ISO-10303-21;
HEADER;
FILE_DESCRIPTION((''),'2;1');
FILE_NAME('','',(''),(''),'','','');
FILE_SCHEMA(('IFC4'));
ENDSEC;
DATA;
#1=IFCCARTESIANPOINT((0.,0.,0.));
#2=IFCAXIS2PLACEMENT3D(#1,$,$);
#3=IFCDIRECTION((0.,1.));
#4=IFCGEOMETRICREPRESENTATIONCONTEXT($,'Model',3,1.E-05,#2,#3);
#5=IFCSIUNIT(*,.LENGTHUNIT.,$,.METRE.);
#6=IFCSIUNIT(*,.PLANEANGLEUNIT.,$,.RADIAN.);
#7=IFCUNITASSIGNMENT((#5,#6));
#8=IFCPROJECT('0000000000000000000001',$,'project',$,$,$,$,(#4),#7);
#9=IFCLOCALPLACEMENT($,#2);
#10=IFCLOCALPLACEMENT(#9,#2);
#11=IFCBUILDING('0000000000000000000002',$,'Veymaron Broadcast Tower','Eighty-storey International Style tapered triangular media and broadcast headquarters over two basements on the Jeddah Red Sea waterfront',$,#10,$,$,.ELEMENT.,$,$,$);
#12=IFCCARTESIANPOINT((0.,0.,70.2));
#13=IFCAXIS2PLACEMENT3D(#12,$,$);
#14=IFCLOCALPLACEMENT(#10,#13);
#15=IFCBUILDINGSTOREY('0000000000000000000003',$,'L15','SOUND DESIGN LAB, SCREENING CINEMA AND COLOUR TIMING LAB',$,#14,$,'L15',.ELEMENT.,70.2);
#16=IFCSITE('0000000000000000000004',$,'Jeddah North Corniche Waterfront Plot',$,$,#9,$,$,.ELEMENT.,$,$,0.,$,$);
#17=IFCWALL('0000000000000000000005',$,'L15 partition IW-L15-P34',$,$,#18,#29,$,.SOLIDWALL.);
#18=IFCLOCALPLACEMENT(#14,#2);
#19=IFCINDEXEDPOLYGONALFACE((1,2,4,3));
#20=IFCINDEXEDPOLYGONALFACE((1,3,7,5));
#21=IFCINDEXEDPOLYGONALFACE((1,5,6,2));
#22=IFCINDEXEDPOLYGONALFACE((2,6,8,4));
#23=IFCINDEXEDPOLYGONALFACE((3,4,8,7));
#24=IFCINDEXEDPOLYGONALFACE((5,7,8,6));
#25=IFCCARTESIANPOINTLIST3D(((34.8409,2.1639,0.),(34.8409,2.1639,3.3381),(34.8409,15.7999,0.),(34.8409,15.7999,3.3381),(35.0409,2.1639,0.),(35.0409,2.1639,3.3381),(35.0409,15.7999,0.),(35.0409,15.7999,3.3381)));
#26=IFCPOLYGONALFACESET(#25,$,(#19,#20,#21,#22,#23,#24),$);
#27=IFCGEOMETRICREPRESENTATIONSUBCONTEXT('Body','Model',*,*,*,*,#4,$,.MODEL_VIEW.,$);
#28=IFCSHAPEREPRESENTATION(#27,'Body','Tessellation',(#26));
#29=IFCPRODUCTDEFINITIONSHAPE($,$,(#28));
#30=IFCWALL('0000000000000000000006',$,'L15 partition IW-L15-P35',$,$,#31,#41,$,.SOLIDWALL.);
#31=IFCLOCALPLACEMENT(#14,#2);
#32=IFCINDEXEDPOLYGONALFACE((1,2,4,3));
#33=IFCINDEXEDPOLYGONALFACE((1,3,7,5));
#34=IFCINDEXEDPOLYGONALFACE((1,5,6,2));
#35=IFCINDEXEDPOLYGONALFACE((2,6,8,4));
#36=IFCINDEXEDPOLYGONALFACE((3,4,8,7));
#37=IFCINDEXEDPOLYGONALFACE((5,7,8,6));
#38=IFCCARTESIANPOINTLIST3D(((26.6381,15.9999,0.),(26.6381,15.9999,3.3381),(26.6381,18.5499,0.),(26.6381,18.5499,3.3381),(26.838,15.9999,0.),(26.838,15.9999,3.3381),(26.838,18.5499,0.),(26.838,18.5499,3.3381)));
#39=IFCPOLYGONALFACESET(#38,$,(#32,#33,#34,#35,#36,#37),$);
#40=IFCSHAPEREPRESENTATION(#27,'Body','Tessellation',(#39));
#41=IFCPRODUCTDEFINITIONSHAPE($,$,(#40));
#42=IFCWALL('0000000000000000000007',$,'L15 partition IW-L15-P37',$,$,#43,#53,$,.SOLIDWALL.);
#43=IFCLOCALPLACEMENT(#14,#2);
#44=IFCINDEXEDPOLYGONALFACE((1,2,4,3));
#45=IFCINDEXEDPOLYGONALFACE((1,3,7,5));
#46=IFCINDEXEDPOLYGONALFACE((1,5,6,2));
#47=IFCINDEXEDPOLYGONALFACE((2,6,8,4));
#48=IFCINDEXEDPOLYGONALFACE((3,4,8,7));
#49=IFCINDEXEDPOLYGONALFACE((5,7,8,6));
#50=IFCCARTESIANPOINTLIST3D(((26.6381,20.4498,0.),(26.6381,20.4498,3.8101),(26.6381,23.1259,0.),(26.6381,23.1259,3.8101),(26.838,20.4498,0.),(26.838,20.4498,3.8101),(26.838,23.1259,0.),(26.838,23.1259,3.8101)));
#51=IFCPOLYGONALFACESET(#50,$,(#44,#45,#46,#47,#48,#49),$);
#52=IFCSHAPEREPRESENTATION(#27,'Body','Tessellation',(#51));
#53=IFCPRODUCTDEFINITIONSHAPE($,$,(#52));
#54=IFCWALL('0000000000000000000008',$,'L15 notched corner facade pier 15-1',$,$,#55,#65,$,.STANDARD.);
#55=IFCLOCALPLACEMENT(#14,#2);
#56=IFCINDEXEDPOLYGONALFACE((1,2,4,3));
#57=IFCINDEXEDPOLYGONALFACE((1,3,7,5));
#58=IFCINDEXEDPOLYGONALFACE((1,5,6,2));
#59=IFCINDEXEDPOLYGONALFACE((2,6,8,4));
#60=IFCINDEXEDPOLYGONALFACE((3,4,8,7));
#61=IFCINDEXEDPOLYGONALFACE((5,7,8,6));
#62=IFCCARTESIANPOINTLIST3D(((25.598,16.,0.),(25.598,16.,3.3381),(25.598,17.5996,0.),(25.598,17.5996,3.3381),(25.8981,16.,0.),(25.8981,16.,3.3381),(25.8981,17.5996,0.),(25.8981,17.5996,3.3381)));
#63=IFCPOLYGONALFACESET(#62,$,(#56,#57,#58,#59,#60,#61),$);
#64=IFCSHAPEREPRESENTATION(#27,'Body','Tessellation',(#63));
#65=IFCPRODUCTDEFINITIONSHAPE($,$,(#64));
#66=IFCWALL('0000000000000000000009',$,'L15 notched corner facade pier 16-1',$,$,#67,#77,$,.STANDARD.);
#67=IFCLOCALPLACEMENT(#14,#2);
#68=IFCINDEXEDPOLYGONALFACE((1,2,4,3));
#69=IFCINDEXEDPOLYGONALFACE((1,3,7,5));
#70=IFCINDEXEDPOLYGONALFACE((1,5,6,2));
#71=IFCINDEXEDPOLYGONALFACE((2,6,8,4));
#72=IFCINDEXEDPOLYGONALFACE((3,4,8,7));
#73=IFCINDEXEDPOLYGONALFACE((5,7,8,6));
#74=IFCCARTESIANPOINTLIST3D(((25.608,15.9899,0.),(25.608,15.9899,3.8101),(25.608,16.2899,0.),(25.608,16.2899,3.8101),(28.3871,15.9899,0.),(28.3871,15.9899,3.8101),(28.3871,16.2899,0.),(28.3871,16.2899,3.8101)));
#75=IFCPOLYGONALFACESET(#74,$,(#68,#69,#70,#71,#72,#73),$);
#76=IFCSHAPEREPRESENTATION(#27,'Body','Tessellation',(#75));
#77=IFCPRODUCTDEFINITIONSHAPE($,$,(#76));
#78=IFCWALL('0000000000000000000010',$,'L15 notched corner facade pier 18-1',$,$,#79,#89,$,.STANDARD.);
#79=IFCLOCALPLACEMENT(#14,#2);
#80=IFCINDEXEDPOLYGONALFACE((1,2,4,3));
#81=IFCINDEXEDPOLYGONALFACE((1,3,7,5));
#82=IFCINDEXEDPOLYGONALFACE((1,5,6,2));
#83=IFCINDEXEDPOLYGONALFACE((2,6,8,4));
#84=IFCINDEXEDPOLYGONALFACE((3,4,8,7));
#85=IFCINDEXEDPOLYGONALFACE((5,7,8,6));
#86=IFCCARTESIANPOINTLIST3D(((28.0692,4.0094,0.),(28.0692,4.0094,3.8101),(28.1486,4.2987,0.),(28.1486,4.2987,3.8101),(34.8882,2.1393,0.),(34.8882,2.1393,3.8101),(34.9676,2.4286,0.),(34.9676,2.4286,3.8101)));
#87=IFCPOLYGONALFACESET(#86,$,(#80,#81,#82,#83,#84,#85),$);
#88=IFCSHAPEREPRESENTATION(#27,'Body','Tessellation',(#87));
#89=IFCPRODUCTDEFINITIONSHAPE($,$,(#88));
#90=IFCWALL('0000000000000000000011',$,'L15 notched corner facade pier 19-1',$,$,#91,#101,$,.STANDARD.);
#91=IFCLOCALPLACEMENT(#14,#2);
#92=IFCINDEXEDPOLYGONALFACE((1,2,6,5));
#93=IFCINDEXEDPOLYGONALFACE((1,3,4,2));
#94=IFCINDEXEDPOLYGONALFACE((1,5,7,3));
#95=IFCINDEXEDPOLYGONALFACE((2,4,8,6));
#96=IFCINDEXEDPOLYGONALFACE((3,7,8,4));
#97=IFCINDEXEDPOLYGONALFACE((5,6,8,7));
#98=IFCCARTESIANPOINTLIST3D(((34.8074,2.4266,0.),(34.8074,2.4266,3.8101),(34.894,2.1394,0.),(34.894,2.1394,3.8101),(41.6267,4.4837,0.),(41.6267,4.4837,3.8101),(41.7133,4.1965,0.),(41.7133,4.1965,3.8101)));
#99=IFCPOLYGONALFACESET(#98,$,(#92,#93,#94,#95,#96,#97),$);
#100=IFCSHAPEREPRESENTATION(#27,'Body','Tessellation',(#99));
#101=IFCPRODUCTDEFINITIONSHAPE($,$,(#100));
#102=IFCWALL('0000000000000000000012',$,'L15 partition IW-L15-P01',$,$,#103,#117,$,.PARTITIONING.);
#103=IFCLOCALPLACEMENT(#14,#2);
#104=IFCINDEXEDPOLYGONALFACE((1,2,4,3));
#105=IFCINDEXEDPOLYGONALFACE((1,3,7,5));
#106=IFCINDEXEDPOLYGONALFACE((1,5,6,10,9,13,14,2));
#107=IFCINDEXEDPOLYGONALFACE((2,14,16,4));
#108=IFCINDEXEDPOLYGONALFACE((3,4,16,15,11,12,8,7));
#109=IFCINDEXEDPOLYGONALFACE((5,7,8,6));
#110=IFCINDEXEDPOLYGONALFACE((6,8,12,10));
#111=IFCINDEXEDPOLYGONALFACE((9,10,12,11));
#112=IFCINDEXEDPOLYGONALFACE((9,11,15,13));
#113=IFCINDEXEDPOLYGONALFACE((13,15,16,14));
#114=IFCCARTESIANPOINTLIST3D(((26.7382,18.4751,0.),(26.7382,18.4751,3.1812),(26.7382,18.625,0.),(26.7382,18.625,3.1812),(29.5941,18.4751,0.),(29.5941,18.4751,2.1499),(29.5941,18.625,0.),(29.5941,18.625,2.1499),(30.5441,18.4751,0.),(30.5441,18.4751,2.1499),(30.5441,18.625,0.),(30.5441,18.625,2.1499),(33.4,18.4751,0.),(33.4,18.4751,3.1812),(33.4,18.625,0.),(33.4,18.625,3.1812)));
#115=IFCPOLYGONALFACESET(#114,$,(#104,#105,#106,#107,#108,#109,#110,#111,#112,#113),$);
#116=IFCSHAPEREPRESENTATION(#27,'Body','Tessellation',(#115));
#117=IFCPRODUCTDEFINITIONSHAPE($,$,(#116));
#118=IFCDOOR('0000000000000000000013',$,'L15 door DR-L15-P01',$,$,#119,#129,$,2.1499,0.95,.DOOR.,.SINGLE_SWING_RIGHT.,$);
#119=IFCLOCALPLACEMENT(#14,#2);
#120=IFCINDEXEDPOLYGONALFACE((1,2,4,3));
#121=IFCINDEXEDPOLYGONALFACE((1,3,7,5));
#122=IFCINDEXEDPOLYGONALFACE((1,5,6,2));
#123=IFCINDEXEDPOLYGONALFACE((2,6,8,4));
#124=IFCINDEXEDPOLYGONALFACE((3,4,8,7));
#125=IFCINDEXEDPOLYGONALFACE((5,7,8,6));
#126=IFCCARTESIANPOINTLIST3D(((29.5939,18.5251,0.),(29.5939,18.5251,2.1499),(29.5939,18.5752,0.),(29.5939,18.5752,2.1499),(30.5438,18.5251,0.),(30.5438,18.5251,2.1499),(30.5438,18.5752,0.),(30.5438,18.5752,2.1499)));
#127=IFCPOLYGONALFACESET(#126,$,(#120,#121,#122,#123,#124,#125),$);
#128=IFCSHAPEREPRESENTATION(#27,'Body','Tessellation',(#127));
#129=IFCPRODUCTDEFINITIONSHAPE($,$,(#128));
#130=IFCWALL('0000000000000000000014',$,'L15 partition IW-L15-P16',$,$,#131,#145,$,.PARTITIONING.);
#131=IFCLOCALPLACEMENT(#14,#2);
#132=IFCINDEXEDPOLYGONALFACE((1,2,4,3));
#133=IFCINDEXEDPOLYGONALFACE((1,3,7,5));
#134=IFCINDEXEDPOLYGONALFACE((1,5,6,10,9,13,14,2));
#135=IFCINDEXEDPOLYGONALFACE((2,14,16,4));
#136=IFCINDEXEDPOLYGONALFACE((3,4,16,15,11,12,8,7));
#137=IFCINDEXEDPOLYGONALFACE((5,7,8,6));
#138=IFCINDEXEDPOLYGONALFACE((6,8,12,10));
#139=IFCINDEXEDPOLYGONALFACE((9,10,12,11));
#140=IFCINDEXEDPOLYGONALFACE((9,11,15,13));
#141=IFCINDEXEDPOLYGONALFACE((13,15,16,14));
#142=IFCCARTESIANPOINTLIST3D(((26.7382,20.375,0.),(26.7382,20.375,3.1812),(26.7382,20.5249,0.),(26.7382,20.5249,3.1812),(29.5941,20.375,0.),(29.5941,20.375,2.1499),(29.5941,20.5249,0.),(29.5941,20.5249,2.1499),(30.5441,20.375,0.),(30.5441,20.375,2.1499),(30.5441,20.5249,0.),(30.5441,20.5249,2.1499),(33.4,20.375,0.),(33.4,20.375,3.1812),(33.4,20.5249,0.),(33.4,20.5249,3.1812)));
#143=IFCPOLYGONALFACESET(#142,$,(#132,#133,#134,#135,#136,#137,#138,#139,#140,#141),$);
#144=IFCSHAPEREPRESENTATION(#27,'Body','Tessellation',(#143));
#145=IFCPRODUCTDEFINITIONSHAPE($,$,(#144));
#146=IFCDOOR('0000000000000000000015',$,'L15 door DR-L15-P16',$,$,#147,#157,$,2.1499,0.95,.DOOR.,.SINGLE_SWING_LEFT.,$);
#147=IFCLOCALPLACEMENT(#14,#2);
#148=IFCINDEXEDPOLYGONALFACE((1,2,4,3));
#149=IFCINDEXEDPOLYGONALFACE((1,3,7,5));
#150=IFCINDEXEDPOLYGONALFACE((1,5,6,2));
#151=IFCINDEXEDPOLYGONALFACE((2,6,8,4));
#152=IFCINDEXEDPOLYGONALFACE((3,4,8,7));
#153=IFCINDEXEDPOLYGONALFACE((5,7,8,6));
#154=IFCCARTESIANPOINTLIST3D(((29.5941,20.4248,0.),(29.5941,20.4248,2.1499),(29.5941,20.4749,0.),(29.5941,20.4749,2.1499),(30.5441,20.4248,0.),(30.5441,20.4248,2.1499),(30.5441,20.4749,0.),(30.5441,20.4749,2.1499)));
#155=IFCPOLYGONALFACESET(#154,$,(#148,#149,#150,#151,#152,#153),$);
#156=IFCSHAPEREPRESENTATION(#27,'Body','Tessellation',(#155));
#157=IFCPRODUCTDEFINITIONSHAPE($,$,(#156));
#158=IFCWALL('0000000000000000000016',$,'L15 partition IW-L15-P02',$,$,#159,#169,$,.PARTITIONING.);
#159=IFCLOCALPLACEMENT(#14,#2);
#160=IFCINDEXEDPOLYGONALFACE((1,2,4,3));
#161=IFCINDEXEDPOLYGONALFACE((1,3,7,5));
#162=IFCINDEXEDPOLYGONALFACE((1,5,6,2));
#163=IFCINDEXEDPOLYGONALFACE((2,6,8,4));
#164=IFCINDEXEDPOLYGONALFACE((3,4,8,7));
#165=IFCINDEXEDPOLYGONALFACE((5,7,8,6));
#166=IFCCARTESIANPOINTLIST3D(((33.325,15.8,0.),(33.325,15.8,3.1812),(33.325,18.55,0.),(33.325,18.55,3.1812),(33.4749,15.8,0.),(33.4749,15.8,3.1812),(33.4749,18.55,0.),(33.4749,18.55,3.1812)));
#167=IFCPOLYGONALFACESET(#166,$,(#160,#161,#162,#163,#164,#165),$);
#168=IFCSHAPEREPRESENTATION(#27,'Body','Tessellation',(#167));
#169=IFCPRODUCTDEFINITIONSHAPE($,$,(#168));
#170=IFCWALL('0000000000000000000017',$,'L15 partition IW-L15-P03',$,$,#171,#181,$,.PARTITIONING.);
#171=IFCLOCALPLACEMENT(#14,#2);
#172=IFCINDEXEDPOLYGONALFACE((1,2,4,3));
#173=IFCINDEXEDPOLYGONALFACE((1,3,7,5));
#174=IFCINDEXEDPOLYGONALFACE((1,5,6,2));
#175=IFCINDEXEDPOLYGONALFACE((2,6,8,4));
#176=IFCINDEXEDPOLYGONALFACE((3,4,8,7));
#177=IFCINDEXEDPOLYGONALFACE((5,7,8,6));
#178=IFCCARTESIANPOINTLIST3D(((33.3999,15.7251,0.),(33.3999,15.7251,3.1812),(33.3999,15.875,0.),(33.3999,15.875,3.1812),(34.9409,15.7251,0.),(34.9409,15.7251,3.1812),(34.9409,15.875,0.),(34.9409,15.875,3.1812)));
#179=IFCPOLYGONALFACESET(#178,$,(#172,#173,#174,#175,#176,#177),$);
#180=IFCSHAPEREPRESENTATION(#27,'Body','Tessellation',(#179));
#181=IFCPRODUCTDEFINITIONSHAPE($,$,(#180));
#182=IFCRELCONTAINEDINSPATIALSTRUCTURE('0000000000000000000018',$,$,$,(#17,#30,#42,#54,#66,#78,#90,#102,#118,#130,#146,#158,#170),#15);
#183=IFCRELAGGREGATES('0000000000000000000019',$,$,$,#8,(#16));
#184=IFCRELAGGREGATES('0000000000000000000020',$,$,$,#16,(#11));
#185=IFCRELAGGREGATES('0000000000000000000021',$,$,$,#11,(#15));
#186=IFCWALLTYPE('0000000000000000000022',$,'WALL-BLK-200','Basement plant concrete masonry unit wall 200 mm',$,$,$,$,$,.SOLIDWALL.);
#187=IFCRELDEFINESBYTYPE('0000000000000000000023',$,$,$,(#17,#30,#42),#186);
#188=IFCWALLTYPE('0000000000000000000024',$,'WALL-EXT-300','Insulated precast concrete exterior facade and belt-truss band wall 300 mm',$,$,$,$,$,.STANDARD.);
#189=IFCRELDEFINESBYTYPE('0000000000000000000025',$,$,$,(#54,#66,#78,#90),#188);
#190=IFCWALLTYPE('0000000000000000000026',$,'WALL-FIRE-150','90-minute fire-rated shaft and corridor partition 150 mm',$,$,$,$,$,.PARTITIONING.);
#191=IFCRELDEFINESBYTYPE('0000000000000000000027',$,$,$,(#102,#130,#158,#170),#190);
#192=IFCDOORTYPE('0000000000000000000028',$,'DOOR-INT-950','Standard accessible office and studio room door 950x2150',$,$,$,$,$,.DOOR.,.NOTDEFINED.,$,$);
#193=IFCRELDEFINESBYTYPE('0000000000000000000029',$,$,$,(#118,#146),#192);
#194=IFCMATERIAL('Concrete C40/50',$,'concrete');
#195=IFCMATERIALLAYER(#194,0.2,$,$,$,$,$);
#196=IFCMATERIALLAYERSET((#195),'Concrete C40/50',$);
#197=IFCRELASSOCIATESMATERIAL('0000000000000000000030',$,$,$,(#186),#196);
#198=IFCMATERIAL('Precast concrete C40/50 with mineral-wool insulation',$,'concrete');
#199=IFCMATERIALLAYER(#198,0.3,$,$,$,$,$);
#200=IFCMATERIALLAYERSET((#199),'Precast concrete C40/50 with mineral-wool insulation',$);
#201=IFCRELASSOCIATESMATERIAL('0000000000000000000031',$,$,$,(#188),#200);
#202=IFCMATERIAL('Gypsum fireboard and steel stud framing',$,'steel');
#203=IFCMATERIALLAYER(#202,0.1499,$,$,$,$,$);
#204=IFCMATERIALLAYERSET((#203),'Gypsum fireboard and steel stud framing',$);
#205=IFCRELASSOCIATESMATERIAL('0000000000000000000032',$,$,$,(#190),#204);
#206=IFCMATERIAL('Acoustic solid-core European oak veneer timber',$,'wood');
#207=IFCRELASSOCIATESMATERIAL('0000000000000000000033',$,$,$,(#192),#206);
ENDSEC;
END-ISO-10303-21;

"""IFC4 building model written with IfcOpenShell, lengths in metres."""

from ifc_helpers import new_model, si_unit, direction, frame, frame_2d, origin, place, context, subcontext, project, spatial, rectangle, extrude, material, layer, layer_set, type_object, element, fill, save


model = new_model("IFC4")

# Units and contexts
model_context = context("Model", 3, precision=1e-05, world=origin(), true_north=direction((0.0, 1.0)))
body_context = subcontext(model_context, "Body", "Model", "MODEL_VIEW")
ifc_project = project(units=[si_unit("LENGTHUNIT", "METRE"), si_unit("PLANEANGLEUNIT", "RADIAN")], contexts=[model_context])

# Site, building, storey
site_placement = place(None, origin())
site = spatial("IfcSite", under=ifc_project, at=site_placement, Name="Jeddah North Corniche Waterfront Plot", CompositionType="ELEMENT", RefElevation=0.0)
building_placement = place(site_placement, origin())
building = spatial("IfcBuilding", under=site, at=building_placement, Name="Veymaron Broadcast Tower", Description="Eighty-storey International Style tapered triangular media and broadcast headquarters over two basements on the Jeddah Red Sea waterfront", CompositionType="ELEMENT")
storey_placement = place(building_placement, frame((0.0, 0.0, 70.2)))
storey = spatial("IfcBuildingStorey", under=building, at=storey_placement, Name="L15", Description="SOUND DESIGN LAB, SCREENING CINEMA AND COLOUR TIMING LAB", LongName="L15", CompositionType="ELEMENT", Elevation=70.2)

# Walls
ifc_material_1 = material(Name="Concrete C40/50", Category="concrete")
ifc_layer_1 = layer(ifc_material_1, 0.2)
ifc_layer_set_1 = layer_set([ifc_layer_1], Name="Concrete C40/50")
wall_type_1 = type_object("IfcWallType", Name="WALL-BLK-200", Description="Basement plant concrete masonry unit wall 200 mm", PredefinedType="SOLIDWALL", material=ifc_layer_set_1)
wall_1_placement = place(storey_placement, frame((34.9409, 2.1641, 0.0), z_axis=(0.0, 0.0, 1.0), x_axis=(0.0, 1.0, 0.0)))
element("IfcWall", 1, at=wall_1_placement, inside=storey, type_object=wall_type_1, Name="L15 partition IW-L15-P34", PredefinedType="SOLIDWALL", context=body_context, shape_type="SweptSolid", body=[
    extrude(rectangle(XDim=13.636, YDim=0.2, at=frame_2d((6.8179, 0.0))), origin(), (0.0, 0.0, 1.0), 3.3381),
])
wall_2_placement = place(storey_placement, frame((26.738, 16.0, 0.0), z_axis=(0.0, 0.0, 1.0), x_axis=(0.0, 1.0, 0.0)))
element("IfcWall", 2, at=wall_2_placement, inside=storey, type_object=wall_type_1, Name="L15 partition IW-L15-P35", PredefinedType="SOLIDWALL", context=body_context, shape_type="SweptSolid", body=[
    extrude(rectangle(XDim=2.55, YDim=0.2, at=frame_2d((1.2749, 0.0))), origin(), (0.0, 0.0, 1.0), 3.3381),
])
wall_3_placement = place(storey_placement, frame((26.738, 20.45, 0.0), z_axis=(0.0, 0.0, 1.0), x_axis=(0.0, 1.0, 0.0)))
element("IfcWall", 3, at=wall_3_placement, inside=storey, type_object=wall_type_1, Name="L15 partition IW-L15-P37", PredefinedType="SOLIDWALL", context=body_context, shape_type="SweptSolid", body=[
    extrude(rectangle(XDim=2.676, YDim=0.2, at=frame_2d((1.3379, 0.0))), origin(), (0.0, 0.0, 1.0), 3.8101),
])
ifc_material_2 = material(Name="Precast concrete C40/50 with mineral-wool insulation", Category="concrete")
ifc_layer_2 = layer(ifc_material_2, 0.3)
ifc_layer_set_2 = layer_set([ifc_layer_2], Name="Precast concrete C40/50 with mineral-wool insulation")
wall_type_2 = type_object("IfcWallType", Name="WALL-EXT-300", Description="Insulated precast concrete exterior facade and belt-truss band wall 300 mm", PredefinedType="STANDARD", material=ifc_layer_set_2)
wall_4_placement = place(storey_placement, frame((25.748, 17.5996, 0.0), z_axis=(0.0, 0.0, 1.0), x_axis=(0.0, -1.0, 0.0)))
element("IfcWall", 4, at=wall_4_placement, inside=storey, type_object=wall_type_2, Name="L15 notched corner facade pier 15-1", PredefinedType="STANDARD", context=body_context, shape_type="SweptSolid", body=[
    extrude(rectangle(XDim=1.5996, YDim=0.3, at=frame_2d((0.7998, 0.0))), origin(), (0.0, 0.0, 1.0), 3.3381),
])
wall_5_placement = place(storey_placement, frame((25.6079, 16.1399, 0.0), z_axis=(0.0, 0.0, 1.0), x_axis=(1.0, 0.0, 0.0)))
element("IfcWall", 5, at=wall_5_placement, inside=storey, type_object=wall_type_2, Name="L15 notched corner facade pier 16-1", PredefinedType="STANDARD", context=body_context, shape_type="SweptSolid", body=[
    extrude(rectangle(XDim=2.7791, YDim=0.3, at=frame_2d((1.3896, 0.0))), origin(), (0.0, 0.0, 1.0), 3.8101),
])
wall_6_placement = place(storey_placement, frame((28.1089, 4.1541, 0.0), z_axis=(0.0, 0.0, 1.0), x_axis=(0.964391, -0.264482, 0.0)))
element("IfcWall", 6, at=wall_6_placement, inside=storey, type_object=wall_type_2, Name="L15 notched corner facade pier 18-1", PredefinedType="STANDARD", context=body_context, shape_type="SweptSolid", body=[
    extrude(rectangle(XDim=7.0708, YDim=0.3, at=frame_2d((3.5354, 0.0))), origin(), (0.0, 0.0, 1.0), 3.8101),
])
wall_7_placement = place(storey_placement, frame((34.8506, 2.283, 0.0), z_axis=(0.0, 0.0, 1.0), x_axis=(0.957387, 0.288807, 0.0)))
element("IfcWall", 7, at=wall_7_placement, inside=storey, type_object=wall_type_2, Name="L15 notched corner facade pier 19-1", PredefinedType="STANDARD", context=body_context, shape_type="SweptSolid", body=[
    extrude(rectangle(XDim=7.1228, YDim=0.3, at=frame_2d((3.5615, 0.0))), origin(), (0.0, 0.0, 1.0), 3.8101),
])

# Walls, openings, doors
ifc_material_3 = material(Name="Gypsum fireboard and steel stud framing", Category="steel")
ifc_layer_3 = layer(ifc_material_3, 0.1499)
ifc_layer_set_3 = layer_set([ifc_layer_3], Name="Gypsum fireboard and steel stud framing")
wall_type_3 = type_object("IfcWallType", Name="WALL-FIRE-150", Description="90-minute fire-rated shaft and corridor partition 150 mm", PredefinedType="PARTITIONING", material=ifc_layer_set_3)
wall_8_placement = place(storey_placement, frame((26.738, 18.55, 0.0), z_axis=(0.0, 0.0, 1.0), x_axis=(1.0, 0.0, 0.0)))
wall_8 = element("IfcWall", 8, at=wall_8_placement, inside=storey, type_object=wall_type_3, Name="L15 partition IW-L15-P01", PredefinedType="PARTITIONING", context=body_context, shape_type="SweptSolid", body=[
    extrude(rectangle(XDim=6.6619, YDim=0.1499, at=frame_2d((3.3311, 0.0))), origin(), (0.0, 0.0, 1.0), 3.1812),
])
opening_1_placement = place(wall_8_placement, frame((2.856, 0.0, 0.0)))
opening_1 = element("IfcOpeningElement", 9, at=opening_1_placement, cuts=wall_8, PredefinedType="OPENING", context=body_context, shape_type="SweptSolid", body=[
    extrude(rectangle(XDim=0.95, YDim=2.1499, at=frame_2d((0.4751, 1.075))), frame((0.0, 0.085, 0.0), z_axis=(0.0, -1.0, 0.0), x_axis=(1.0, 0.0, 0.0)), (0.0, 0.0, 1.0), 0.1699),
])
ifc_material_4 = material(Name="Acoustic solid-core European oak veneer timber", Category="wood")
door_type = type_object("IfcDoorType", Name="DOOR-INT-950", Description="Standard accessible office and studio room door 950x2150", OperationType="NOTDEFINED", PredefinedType="DOOR", material=ifc_material_4)
door_1_placement = place(opening_1_placement, frame((0.95, 0.0, 0.0), z_axis=(0.0, 0.0, 1.0), x_axis=(-1.0, 0.0, 0.0)))
door_1 = element("IfcDoor", 10, at=door_1_placement, inside=storey, type_object=door_type, Name="L15 door DR-L15-P01", OperationType="SINGLE_SWING_RIGHT", OverallHeight=2.1499, OverallWidth=0.95, PredefinedType="DOOR", context=body_context, shape_type="SweptSolid", body=[
    extrude(rectangle(XDim=0.95, YDim=2.1499, at=frame_2d((0.4751, 1.075))), frame((0.0, 0.0249, 0.0), z_axis=(0.0, -1.0, 0.0), x_axis=(1.0, 0.0, 0.0)), (0.0, 0.0, 1.0), 0.05),
])
fill(opening_1, door_1)
wall_9_placement = place(storey_placement, frame((26.738, 20.45, 0.0), z_axis=(0.0, 0.0, 1.0), x_axis=(1.0, 0.0, 0.0)))
wall_9 = element("IfcWall", 11, at=wall_9_placement, inside=storey, type_object=wall_type_3, Name="L15 partition IW-L15-P16", PredefinedType="PARTITIONING", context=body_context, shape_type="SweptSolid", body=[
    extrude(rectangle(XDim=6.6619, YDim=0.1499, at=frame_2d((3.3311, 0.0))), origin(), (0.0, 0.0, 1.0), 3.1812),
])
opening_2_placement = place(wall_9_placement, frame((2.856, 0.0, 0.0)))
opening_2 = element("IfcOpeningElement", 12, at=opening_2_placement, cuts=wall_9, PredefinedType="OPENING", context=body_context, shape_type="SweptSolid", body=[
    extrude(rectangle(XDim=0.95, YDim=2.1499, at=frame_2d((0.4751, 1.075))), frame((0.0, 0.085, 0.0), z_axis=(0.0, -1.0, 0.0), x_axis=(1.0, 0.0, 0.0)), (0.0, 0.0, 1.0), 0.1699),
])
door_2_placement = place(opening_2_placement, origin())
door_2 = element("IfcDoor", 13, at=door_2_placement, inside=storey, type_object=door_type, Name="L15 door DR-L15-P16", OperationType="SINGLE_SWING_LEFT", OverallHeight=2.1499, OverallWidth=0.95, PredefinedType="DOOR", context=body_context, shape_type="SweptSolid", body=[
    extrude(rectangle(XDim=0.95, YDim=2.1499, at=frame_2d((0.4751, 1.075))), frame((0.0, 0.0249, 0.0), z_axis=(0.0, -1.0, 0.0), x_axis=(1.0, 0.0, 0.0)), (0.0, 0.0, 1.0), 0.05),
])
fill(opening_2, door_2)

# Walls
wall_10_placement = place(storey_placement, frame((33.3999, 15.8, 0.0), z_axis=(0.0, 0.0, 1.0), x_axis=(0.0, 1.0, 0.0)))
element("IfcWall", 14, at=wall_10_placement, inside=storey, type_object=wall_type_3, Name="L15 partition IW-L15-P02", PredefinedType="PARTITIONING", context=body_context, shape_type="SweptSolid", body=[
    extrude(rectangle(XDim=2.75, YDim=0.1499, at=frame_2d((1.375, 0.0))), origin(), (0.0, 0.0, 1.0), 3.1812),
])
wall_11_placement = place(storey_placement, frame((33.3999, 15.8, 0.0), z_axis=(0.0, 0.0, 1.0), x_axis=(1.0, 0.0, 0.0)))
element("IfcWall", 15, at=wall_11_placement, inside=storey, type_object=wall_type_3, Name="L15 partition IW-L15-P03", PredefinedType="PARTITIONING", context=body_context, shape_type="SweptSolid", body=[
    extrude(rectangle(XDim=1.541, YDim=0.1499, at=frame_2d((0.7705, 0.0))), origin(), (0.0, 0.0, 1.0), 3.1812),
])

save(model, "model.ifc")
